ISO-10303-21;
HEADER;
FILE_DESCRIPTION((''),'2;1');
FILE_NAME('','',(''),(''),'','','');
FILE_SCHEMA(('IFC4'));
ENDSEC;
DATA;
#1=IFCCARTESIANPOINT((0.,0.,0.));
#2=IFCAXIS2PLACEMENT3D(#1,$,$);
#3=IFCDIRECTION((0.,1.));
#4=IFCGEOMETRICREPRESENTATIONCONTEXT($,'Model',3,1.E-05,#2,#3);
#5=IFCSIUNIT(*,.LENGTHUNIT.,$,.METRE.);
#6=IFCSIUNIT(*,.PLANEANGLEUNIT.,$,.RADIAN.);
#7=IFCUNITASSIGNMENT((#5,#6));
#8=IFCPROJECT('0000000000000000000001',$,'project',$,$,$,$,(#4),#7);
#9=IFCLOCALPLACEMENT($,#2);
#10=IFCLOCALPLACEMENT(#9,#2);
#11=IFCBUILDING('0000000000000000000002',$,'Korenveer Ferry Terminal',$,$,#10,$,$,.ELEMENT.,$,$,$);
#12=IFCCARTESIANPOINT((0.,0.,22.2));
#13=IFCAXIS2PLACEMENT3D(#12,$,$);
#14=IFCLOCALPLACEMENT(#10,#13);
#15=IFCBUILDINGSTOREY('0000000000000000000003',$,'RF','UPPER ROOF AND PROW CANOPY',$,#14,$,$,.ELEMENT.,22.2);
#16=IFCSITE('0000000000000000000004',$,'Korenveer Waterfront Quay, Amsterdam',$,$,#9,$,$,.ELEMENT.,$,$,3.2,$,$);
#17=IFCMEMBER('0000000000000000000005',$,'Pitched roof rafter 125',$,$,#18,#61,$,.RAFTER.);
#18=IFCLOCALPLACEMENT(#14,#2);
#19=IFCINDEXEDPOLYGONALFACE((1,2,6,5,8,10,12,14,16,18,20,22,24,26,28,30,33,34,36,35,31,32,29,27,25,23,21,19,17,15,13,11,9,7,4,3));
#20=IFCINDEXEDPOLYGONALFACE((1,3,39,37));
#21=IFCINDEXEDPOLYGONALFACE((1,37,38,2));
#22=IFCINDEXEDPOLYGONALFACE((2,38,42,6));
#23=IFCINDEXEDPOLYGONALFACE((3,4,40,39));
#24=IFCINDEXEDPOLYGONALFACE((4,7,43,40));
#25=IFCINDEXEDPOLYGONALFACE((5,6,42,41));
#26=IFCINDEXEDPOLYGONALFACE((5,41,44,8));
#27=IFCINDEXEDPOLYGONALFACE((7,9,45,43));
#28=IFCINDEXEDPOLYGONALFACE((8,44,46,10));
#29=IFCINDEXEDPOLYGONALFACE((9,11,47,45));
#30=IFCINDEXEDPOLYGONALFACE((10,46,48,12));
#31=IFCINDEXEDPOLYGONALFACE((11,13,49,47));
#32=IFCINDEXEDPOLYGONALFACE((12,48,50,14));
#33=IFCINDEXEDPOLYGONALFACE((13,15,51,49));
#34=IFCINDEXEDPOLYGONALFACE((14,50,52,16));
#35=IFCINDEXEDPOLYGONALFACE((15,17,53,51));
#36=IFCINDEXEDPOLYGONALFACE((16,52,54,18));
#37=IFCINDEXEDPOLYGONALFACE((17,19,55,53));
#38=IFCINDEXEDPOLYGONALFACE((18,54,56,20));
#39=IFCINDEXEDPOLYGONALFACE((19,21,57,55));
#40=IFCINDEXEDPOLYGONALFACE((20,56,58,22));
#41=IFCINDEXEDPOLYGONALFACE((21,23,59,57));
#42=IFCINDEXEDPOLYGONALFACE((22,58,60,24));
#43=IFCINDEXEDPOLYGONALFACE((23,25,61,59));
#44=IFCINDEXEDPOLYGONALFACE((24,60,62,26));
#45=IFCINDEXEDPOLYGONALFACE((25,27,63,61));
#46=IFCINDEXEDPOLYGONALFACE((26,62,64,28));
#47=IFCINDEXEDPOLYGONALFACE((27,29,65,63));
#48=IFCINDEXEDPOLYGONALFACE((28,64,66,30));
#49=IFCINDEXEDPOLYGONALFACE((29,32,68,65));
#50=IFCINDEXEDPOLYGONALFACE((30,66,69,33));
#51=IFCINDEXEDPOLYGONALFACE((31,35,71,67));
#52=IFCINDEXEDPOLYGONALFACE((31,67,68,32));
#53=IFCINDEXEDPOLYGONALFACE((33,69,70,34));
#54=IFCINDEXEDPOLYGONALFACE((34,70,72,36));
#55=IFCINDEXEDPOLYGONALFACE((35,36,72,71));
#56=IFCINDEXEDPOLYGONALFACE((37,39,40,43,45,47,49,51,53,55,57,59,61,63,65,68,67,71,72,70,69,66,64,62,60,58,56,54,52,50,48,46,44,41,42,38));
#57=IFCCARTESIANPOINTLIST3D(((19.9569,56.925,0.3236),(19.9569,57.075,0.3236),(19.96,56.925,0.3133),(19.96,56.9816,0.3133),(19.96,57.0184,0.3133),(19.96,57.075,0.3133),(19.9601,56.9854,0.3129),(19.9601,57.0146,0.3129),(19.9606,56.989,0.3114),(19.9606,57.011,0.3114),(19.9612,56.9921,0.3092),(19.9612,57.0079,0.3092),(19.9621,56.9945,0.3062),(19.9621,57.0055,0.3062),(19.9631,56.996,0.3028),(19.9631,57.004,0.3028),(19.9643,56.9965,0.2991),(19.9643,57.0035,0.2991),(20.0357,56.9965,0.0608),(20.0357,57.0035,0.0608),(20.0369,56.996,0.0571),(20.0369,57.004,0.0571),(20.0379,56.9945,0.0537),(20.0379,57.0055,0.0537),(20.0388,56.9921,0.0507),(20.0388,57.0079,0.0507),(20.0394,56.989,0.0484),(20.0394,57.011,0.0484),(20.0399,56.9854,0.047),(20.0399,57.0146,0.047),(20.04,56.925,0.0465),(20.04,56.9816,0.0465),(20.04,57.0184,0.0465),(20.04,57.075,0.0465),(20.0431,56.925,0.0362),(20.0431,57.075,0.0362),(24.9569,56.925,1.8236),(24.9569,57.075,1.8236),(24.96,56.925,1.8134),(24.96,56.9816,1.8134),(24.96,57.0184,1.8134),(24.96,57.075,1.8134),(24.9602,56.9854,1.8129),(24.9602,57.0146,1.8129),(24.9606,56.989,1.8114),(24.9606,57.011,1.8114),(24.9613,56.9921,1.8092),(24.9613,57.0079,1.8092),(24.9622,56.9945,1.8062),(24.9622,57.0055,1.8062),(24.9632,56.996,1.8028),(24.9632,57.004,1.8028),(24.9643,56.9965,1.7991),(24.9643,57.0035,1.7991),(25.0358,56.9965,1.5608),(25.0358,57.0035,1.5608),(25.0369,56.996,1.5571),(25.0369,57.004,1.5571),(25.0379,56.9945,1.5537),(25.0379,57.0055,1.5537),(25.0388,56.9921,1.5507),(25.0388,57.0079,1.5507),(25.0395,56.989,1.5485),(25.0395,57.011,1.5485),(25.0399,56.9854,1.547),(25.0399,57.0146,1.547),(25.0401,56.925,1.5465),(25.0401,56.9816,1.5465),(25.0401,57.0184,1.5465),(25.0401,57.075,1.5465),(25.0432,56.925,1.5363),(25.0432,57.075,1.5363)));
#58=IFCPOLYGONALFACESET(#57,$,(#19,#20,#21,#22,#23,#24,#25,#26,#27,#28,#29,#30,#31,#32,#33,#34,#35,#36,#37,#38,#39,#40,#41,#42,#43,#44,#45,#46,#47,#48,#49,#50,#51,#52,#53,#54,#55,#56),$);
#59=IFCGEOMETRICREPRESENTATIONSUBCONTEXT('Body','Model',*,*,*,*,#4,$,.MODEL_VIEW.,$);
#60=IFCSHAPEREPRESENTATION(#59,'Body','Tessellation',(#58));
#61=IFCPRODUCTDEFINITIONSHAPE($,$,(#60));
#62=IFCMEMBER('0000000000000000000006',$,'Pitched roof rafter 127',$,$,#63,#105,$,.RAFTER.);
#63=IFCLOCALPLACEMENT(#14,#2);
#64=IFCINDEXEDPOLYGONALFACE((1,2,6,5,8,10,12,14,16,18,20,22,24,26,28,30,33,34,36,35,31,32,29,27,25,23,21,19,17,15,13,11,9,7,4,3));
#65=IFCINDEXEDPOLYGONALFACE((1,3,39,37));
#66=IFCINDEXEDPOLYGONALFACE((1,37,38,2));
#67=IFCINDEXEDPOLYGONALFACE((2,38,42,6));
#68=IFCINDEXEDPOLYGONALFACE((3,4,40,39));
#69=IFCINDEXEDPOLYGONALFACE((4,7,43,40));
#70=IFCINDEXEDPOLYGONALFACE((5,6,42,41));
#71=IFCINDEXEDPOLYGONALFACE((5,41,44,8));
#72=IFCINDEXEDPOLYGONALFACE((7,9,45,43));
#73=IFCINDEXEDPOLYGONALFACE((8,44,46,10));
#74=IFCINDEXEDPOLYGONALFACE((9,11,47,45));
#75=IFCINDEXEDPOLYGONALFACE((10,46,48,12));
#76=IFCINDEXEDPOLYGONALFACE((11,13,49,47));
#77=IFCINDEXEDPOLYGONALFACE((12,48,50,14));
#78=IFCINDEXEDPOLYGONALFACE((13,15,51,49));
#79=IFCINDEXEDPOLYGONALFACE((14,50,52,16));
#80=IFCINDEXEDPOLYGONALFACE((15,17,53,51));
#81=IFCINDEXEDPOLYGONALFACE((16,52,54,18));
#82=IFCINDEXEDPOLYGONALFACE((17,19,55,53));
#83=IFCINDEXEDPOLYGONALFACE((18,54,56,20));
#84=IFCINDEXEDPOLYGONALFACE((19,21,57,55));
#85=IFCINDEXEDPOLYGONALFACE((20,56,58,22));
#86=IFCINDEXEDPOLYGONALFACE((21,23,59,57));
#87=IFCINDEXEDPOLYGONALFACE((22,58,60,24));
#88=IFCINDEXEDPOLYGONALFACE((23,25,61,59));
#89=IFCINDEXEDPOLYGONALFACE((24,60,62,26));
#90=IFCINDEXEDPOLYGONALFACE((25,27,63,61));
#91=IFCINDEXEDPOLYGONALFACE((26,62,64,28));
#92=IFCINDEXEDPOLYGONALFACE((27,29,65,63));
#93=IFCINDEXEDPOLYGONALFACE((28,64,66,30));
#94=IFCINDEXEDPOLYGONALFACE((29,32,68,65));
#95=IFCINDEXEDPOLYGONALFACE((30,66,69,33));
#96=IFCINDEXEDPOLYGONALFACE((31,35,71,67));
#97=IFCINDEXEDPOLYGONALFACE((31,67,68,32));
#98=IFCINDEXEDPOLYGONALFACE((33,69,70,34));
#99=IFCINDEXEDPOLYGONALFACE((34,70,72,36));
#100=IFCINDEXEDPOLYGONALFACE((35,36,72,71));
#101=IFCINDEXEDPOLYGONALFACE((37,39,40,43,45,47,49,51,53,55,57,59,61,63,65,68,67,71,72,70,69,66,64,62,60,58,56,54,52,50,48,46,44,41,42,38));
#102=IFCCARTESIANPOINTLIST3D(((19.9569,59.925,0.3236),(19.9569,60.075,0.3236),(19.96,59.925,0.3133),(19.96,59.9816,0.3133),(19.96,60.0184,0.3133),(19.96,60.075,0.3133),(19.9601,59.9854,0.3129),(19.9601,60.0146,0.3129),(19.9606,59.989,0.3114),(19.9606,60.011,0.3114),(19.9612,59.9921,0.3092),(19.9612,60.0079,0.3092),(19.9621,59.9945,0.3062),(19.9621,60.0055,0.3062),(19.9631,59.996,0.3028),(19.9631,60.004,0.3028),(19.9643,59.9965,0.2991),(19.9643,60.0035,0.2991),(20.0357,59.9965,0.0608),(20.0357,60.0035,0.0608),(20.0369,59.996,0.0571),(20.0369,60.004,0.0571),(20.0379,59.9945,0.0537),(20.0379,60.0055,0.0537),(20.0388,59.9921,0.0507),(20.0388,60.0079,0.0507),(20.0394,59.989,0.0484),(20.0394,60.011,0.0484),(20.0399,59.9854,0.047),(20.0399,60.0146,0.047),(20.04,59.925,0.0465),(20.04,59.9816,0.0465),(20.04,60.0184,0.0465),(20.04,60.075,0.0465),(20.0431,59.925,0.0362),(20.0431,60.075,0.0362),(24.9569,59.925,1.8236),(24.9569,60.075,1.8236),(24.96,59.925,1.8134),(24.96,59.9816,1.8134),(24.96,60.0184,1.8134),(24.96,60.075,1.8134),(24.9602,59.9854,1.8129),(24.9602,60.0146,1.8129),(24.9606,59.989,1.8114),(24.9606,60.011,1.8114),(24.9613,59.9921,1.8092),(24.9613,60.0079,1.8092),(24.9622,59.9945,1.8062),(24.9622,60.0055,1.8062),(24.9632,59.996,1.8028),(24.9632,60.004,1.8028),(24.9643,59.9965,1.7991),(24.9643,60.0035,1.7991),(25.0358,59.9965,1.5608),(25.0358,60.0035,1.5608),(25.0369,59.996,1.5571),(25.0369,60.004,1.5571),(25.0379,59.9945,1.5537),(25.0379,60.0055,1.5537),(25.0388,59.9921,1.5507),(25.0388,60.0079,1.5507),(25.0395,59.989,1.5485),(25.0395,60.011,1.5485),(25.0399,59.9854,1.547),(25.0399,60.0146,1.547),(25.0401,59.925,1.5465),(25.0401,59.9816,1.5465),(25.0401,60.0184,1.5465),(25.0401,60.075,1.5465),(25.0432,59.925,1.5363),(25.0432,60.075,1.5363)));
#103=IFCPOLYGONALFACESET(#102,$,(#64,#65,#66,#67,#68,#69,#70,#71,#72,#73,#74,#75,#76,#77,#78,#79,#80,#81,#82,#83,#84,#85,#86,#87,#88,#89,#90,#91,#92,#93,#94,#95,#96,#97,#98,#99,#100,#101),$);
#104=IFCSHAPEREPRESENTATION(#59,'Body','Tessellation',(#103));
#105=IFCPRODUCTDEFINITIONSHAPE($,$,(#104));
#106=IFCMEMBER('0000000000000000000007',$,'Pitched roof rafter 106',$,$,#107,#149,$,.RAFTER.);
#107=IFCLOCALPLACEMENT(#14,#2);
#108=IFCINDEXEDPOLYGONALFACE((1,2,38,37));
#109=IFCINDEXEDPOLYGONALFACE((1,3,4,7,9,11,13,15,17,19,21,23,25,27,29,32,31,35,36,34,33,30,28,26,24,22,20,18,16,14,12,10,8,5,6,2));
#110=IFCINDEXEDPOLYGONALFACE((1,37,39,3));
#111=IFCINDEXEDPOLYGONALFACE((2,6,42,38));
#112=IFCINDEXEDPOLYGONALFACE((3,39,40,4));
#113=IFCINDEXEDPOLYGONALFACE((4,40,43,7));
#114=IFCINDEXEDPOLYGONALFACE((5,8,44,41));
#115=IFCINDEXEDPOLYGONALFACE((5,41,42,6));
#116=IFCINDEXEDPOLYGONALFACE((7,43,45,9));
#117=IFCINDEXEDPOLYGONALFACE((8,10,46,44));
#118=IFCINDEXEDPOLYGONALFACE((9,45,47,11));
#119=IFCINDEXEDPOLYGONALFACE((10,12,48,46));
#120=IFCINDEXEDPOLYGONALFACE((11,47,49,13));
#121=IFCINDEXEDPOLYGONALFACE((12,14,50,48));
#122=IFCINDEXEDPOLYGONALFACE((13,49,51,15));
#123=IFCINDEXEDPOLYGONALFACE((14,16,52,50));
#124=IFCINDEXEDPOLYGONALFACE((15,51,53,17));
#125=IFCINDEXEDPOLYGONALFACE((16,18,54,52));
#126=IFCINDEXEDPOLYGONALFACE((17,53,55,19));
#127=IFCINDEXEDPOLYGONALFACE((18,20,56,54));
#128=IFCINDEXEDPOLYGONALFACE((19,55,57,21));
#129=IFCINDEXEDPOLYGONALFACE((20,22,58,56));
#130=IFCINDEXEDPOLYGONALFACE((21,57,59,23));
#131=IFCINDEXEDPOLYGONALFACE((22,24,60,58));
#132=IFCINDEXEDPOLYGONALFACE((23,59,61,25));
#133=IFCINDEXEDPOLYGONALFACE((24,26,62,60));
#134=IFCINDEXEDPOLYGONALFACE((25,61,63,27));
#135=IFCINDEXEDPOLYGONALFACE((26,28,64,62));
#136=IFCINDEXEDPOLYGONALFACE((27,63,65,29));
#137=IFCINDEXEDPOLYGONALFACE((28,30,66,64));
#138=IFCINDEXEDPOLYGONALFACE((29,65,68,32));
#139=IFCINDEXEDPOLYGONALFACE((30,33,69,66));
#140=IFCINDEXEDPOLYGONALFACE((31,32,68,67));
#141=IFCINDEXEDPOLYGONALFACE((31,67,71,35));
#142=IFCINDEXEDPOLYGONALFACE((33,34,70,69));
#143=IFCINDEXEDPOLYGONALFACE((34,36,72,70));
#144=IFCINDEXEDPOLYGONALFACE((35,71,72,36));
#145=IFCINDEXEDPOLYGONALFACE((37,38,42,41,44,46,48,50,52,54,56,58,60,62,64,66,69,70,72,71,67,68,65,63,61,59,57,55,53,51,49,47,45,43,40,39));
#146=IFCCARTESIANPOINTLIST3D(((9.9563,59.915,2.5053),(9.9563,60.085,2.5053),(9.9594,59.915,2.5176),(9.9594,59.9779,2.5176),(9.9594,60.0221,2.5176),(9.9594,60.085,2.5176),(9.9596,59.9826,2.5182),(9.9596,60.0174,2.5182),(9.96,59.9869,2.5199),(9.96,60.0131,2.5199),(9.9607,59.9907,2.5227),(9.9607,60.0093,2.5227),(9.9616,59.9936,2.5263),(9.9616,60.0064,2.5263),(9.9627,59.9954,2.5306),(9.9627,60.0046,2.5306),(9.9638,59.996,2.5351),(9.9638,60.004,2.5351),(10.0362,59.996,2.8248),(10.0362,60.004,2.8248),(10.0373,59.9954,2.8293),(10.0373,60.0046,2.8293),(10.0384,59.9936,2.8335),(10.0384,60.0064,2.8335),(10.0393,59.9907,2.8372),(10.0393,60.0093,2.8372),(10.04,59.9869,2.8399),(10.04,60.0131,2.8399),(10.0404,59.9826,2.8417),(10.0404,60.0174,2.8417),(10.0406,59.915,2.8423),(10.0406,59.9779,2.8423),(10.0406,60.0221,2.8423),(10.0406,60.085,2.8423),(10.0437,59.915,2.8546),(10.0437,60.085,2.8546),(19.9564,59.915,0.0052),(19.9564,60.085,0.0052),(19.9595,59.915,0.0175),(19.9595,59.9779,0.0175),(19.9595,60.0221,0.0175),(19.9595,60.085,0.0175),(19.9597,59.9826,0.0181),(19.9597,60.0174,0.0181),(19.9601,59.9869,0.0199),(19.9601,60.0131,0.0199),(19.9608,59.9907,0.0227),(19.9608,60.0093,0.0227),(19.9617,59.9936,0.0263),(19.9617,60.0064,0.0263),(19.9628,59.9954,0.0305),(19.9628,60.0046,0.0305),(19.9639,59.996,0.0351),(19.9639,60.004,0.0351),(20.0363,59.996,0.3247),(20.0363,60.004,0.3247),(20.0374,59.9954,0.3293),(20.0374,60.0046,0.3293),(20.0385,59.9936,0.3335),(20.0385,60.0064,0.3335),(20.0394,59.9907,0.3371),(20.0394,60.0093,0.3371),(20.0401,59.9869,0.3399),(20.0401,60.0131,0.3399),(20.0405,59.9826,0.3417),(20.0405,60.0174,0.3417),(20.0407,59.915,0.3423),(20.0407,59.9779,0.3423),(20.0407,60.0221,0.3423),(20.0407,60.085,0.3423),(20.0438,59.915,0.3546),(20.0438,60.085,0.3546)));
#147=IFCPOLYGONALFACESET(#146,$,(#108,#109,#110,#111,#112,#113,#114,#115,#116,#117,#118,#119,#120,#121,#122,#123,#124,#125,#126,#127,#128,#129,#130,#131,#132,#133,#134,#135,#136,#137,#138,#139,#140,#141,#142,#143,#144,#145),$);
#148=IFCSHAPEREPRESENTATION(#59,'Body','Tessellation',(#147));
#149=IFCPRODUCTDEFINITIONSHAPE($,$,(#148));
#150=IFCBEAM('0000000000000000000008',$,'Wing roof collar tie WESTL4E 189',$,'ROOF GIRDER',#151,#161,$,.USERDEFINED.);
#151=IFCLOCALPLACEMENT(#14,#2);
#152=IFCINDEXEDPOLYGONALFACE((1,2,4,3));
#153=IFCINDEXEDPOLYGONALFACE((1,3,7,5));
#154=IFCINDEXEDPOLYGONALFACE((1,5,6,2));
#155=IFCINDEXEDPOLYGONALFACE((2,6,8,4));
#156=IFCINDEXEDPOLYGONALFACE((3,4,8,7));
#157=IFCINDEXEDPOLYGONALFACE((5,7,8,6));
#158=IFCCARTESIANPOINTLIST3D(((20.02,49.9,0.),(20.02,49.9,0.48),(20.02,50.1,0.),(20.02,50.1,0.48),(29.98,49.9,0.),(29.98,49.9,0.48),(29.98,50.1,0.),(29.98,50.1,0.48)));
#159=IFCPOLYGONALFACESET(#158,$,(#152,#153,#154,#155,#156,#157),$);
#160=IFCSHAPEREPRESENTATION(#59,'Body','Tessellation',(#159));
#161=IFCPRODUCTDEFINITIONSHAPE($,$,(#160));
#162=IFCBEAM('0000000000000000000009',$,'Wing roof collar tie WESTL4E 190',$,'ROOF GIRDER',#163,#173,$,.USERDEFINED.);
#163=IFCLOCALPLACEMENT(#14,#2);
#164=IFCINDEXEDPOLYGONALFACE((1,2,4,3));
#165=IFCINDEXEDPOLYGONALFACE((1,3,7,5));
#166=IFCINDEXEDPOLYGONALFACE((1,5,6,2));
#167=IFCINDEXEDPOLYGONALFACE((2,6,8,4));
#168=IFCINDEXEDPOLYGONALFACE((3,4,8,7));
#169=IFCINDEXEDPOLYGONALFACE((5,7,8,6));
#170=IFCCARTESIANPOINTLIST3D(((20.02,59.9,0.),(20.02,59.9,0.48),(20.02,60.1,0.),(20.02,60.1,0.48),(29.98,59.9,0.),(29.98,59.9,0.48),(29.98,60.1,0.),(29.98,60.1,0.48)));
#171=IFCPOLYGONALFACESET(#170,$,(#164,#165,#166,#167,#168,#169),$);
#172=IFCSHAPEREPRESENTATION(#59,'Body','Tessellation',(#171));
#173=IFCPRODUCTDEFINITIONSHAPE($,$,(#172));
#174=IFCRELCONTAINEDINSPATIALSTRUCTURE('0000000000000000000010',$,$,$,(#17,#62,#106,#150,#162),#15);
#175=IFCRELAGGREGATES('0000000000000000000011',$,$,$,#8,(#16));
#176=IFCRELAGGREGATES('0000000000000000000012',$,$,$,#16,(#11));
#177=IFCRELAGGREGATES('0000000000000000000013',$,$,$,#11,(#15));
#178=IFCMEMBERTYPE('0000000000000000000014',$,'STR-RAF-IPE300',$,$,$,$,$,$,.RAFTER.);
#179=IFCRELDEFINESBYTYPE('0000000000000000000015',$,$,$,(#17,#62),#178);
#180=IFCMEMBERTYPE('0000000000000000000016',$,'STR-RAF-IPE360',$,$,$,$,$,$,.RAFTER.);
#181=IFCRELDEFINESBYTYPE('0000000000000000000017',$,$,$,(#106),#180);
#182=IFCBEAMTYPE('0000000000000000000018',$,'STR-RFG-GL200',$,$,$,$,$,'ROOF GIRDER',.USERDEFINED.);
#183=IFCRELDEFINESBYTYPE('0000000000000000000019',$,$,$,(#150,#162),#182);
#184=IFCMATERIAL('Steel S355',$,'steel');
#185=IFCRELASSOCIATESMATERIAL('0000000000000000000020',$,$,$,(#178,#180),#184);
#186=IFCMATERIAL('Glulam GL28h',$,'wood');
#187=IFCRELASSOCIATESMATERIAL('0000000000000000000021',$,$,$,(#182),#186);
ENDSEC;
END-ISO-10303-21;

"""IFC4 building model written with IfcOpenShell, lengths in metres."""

from ifc_helpers import new_model, si_unit, direction, frame, origin, origin_2d, place, context, subcontext, project, spatial, rectangle, i_section, extrude, material, material_profile, profile_set, type_object, element, save


model = new_model("IFC4")

# Units and contexts
model_context = context("Model", 3, precision=1e-05, world=origin(), true_north=direction((0.0, 1.0)))
body_context = subcontext(model_context, "Body", "Model", "MODEL_VIEW")
ifc_project = project(units=[si_unit("LENGTHUNIT", "METRE"), si_unit("PLANEANGLEUNIT", "RADIAN")], contexts=[model_context])

# Site, building, storey
site_placement = place(None, origin())
site = spatial("IfcSite", under=ifc_project, at=site_placement, Name="Korenveer Waterfront Quay, Amsterdam", CompositionType="ELEMENT", RefElevation=3.2)
building_placement = place(site_placement, origin())
building = spatial("IfcBuilding", under=site, at=building_placement, Name="Korenveer Ferry Terminal", CompositionType="ELEMENT")
storey_placement = place(building_placement, frame((0.0, 0.0, 22.2)))
storey = spatial("IfcBuildingStorey", under=building, at=storey_placement, Name="RF", Description="UPPER ROOF AND PROW CANOPY", CompositionType="ELEMENT", Elevation=22.2)

# Shared definitions
ifc_material_1 = material(Name="Steel S355", Category="steel")

# Members
ifc_material_profile_1 = material_profile(ifc_material_1, i_section(OverallWidth=0.1499, OverallDepth=0.3, WebThickness=0.0071, FlangeThickness=0.0107, FilletRadius=0.0149, at=origin_2d()), Name="IPE 300")
ifc_profile_set_1 = profile_set([ifc_material_profile_1], Name="Steel S355")
member_type_1 = type_object("IfcMemberType", Name="STR-RAF-IPE300", PredefinedType="RAFTER", material=ifc_profile_set_1)
for number, where, z_axis, x_axis, name in (
    (1, (20.0, 57.0, 0.1799), (0.957826, 0.0, 0.287348), (0.0, 1.0, 0.0), "Pitched roof rafter 125"),
    (2, (20.0, 60.0, 0.1799), (0.957826, 0.0, 0.287348), (0.0, 1.0, 0.0), "Pitched roof rafter 127"),
):
    element("IfcMember", number, at=place(storey_placement, frame(where, z_axis=z_axis, x_axis=x_axis)), inside=storey, type_object=member_type_1, Name=name, PredefinedType="RAFTER", context=body_context, shape_type="SweptSolid", body=[
        extrude(i_section(OverallWidth=0.1499, OverallDepth=0.3, WebThickness=0.0071, FlangeThickness=0.0107, FilletRadius=0.0149, at=origin_2d()), origin(), (0.0, 0.0, 1.0), 5.2202),
    ])
ifc_material_profile_2 = material_profile(ifc_material_1, i_section(OverallWidth=0.1699, OverallDepth=0.3601, WebThickness=0.0081, FlangeThickness=0.0127, FilletRadius=0.0181, at=origin_2d()), Name="IPE 360")
ifc_profile_set_2 = profile_set([ifc_material_profile_2], Name="Steel S355")
member_type_2 = type_object("IfcMemberType", Name="STR-RAF-IPE360", PredefinedType="RAFTER", material=ifc_profile_set_2)
member_1_placement = place(storey_placement, frame((10.0, 60.0, 2.6799), z_axis=(0.970143, 0.0, -0.242536), x_axis=(0.0, 1.0, 0.0)))
element("IfcMember", 3, at=member_1_placement, inside=storey, type_object=member_type_2, Name="Pitched roof rafter 106", PredefinedType="RAFTER", context=body_context, shape_type="SweptSolid", body=[
    extrude(i_section(OverallWidth=0.1699, OverallDepth=0.3601, WebThickness=0.0081, FlangeThickness=0.0127, FilletRadius=0.0181, at=origin_2d()), origin(), (0.0, 0.0, 1.0), 10.3079),
])

# Beams
ifc_material_2 = material(Name="Glulam GL28h", Category="wood")
ifc_material_profile_3 = material_profile(ifc_material_2, rectangle(XDim=0.2, YDim=0.48, at=origin_2d()), Name="GL 200x480")
ifc_profile_set_3 = profile_set([ifc_material_profile_3], Name="Glulam GL28h")
beam_type_1 = type_object("IfcBeamType", Name="STR-RFG-GL200", ElementType="ROOF GIRDER", PredefinedType="USERDEFINED", material=ifc_profile_set_3)
for number, where, z_axis, x_axis, name in (
    (4, (20.02, 50.0, 0.24), (1.0, 0.0, 0.0), (0.0, 1.0, 0.0), "Wing roof collar tie WESTL4E 189"),
    (5, (20.02, 60.0, 0.24), (1.0, 0.0, 0.0), (0.0, 1.0, 0.0), "Wing roof collar tie WESTL4E 190"),
):
    element("IfcBeam", number, at=place(storey_placement, frame(where, z_axis=z_axis, x_axis=x_axis)), inside=storey, type_object=beam_type_1, Name=name, ObjectType="ROOF GIRDER", PredefinedType="USERDEFINED", context=body_context, shape_type="SweptSolid", body=[
        extrude(rectangle(XDim=0.2, YDim=0.48, at=origin_2d()), origin(), (0.0, 0.0, 1.0), 9.96),
    ])

save(model, "model.ifc")
